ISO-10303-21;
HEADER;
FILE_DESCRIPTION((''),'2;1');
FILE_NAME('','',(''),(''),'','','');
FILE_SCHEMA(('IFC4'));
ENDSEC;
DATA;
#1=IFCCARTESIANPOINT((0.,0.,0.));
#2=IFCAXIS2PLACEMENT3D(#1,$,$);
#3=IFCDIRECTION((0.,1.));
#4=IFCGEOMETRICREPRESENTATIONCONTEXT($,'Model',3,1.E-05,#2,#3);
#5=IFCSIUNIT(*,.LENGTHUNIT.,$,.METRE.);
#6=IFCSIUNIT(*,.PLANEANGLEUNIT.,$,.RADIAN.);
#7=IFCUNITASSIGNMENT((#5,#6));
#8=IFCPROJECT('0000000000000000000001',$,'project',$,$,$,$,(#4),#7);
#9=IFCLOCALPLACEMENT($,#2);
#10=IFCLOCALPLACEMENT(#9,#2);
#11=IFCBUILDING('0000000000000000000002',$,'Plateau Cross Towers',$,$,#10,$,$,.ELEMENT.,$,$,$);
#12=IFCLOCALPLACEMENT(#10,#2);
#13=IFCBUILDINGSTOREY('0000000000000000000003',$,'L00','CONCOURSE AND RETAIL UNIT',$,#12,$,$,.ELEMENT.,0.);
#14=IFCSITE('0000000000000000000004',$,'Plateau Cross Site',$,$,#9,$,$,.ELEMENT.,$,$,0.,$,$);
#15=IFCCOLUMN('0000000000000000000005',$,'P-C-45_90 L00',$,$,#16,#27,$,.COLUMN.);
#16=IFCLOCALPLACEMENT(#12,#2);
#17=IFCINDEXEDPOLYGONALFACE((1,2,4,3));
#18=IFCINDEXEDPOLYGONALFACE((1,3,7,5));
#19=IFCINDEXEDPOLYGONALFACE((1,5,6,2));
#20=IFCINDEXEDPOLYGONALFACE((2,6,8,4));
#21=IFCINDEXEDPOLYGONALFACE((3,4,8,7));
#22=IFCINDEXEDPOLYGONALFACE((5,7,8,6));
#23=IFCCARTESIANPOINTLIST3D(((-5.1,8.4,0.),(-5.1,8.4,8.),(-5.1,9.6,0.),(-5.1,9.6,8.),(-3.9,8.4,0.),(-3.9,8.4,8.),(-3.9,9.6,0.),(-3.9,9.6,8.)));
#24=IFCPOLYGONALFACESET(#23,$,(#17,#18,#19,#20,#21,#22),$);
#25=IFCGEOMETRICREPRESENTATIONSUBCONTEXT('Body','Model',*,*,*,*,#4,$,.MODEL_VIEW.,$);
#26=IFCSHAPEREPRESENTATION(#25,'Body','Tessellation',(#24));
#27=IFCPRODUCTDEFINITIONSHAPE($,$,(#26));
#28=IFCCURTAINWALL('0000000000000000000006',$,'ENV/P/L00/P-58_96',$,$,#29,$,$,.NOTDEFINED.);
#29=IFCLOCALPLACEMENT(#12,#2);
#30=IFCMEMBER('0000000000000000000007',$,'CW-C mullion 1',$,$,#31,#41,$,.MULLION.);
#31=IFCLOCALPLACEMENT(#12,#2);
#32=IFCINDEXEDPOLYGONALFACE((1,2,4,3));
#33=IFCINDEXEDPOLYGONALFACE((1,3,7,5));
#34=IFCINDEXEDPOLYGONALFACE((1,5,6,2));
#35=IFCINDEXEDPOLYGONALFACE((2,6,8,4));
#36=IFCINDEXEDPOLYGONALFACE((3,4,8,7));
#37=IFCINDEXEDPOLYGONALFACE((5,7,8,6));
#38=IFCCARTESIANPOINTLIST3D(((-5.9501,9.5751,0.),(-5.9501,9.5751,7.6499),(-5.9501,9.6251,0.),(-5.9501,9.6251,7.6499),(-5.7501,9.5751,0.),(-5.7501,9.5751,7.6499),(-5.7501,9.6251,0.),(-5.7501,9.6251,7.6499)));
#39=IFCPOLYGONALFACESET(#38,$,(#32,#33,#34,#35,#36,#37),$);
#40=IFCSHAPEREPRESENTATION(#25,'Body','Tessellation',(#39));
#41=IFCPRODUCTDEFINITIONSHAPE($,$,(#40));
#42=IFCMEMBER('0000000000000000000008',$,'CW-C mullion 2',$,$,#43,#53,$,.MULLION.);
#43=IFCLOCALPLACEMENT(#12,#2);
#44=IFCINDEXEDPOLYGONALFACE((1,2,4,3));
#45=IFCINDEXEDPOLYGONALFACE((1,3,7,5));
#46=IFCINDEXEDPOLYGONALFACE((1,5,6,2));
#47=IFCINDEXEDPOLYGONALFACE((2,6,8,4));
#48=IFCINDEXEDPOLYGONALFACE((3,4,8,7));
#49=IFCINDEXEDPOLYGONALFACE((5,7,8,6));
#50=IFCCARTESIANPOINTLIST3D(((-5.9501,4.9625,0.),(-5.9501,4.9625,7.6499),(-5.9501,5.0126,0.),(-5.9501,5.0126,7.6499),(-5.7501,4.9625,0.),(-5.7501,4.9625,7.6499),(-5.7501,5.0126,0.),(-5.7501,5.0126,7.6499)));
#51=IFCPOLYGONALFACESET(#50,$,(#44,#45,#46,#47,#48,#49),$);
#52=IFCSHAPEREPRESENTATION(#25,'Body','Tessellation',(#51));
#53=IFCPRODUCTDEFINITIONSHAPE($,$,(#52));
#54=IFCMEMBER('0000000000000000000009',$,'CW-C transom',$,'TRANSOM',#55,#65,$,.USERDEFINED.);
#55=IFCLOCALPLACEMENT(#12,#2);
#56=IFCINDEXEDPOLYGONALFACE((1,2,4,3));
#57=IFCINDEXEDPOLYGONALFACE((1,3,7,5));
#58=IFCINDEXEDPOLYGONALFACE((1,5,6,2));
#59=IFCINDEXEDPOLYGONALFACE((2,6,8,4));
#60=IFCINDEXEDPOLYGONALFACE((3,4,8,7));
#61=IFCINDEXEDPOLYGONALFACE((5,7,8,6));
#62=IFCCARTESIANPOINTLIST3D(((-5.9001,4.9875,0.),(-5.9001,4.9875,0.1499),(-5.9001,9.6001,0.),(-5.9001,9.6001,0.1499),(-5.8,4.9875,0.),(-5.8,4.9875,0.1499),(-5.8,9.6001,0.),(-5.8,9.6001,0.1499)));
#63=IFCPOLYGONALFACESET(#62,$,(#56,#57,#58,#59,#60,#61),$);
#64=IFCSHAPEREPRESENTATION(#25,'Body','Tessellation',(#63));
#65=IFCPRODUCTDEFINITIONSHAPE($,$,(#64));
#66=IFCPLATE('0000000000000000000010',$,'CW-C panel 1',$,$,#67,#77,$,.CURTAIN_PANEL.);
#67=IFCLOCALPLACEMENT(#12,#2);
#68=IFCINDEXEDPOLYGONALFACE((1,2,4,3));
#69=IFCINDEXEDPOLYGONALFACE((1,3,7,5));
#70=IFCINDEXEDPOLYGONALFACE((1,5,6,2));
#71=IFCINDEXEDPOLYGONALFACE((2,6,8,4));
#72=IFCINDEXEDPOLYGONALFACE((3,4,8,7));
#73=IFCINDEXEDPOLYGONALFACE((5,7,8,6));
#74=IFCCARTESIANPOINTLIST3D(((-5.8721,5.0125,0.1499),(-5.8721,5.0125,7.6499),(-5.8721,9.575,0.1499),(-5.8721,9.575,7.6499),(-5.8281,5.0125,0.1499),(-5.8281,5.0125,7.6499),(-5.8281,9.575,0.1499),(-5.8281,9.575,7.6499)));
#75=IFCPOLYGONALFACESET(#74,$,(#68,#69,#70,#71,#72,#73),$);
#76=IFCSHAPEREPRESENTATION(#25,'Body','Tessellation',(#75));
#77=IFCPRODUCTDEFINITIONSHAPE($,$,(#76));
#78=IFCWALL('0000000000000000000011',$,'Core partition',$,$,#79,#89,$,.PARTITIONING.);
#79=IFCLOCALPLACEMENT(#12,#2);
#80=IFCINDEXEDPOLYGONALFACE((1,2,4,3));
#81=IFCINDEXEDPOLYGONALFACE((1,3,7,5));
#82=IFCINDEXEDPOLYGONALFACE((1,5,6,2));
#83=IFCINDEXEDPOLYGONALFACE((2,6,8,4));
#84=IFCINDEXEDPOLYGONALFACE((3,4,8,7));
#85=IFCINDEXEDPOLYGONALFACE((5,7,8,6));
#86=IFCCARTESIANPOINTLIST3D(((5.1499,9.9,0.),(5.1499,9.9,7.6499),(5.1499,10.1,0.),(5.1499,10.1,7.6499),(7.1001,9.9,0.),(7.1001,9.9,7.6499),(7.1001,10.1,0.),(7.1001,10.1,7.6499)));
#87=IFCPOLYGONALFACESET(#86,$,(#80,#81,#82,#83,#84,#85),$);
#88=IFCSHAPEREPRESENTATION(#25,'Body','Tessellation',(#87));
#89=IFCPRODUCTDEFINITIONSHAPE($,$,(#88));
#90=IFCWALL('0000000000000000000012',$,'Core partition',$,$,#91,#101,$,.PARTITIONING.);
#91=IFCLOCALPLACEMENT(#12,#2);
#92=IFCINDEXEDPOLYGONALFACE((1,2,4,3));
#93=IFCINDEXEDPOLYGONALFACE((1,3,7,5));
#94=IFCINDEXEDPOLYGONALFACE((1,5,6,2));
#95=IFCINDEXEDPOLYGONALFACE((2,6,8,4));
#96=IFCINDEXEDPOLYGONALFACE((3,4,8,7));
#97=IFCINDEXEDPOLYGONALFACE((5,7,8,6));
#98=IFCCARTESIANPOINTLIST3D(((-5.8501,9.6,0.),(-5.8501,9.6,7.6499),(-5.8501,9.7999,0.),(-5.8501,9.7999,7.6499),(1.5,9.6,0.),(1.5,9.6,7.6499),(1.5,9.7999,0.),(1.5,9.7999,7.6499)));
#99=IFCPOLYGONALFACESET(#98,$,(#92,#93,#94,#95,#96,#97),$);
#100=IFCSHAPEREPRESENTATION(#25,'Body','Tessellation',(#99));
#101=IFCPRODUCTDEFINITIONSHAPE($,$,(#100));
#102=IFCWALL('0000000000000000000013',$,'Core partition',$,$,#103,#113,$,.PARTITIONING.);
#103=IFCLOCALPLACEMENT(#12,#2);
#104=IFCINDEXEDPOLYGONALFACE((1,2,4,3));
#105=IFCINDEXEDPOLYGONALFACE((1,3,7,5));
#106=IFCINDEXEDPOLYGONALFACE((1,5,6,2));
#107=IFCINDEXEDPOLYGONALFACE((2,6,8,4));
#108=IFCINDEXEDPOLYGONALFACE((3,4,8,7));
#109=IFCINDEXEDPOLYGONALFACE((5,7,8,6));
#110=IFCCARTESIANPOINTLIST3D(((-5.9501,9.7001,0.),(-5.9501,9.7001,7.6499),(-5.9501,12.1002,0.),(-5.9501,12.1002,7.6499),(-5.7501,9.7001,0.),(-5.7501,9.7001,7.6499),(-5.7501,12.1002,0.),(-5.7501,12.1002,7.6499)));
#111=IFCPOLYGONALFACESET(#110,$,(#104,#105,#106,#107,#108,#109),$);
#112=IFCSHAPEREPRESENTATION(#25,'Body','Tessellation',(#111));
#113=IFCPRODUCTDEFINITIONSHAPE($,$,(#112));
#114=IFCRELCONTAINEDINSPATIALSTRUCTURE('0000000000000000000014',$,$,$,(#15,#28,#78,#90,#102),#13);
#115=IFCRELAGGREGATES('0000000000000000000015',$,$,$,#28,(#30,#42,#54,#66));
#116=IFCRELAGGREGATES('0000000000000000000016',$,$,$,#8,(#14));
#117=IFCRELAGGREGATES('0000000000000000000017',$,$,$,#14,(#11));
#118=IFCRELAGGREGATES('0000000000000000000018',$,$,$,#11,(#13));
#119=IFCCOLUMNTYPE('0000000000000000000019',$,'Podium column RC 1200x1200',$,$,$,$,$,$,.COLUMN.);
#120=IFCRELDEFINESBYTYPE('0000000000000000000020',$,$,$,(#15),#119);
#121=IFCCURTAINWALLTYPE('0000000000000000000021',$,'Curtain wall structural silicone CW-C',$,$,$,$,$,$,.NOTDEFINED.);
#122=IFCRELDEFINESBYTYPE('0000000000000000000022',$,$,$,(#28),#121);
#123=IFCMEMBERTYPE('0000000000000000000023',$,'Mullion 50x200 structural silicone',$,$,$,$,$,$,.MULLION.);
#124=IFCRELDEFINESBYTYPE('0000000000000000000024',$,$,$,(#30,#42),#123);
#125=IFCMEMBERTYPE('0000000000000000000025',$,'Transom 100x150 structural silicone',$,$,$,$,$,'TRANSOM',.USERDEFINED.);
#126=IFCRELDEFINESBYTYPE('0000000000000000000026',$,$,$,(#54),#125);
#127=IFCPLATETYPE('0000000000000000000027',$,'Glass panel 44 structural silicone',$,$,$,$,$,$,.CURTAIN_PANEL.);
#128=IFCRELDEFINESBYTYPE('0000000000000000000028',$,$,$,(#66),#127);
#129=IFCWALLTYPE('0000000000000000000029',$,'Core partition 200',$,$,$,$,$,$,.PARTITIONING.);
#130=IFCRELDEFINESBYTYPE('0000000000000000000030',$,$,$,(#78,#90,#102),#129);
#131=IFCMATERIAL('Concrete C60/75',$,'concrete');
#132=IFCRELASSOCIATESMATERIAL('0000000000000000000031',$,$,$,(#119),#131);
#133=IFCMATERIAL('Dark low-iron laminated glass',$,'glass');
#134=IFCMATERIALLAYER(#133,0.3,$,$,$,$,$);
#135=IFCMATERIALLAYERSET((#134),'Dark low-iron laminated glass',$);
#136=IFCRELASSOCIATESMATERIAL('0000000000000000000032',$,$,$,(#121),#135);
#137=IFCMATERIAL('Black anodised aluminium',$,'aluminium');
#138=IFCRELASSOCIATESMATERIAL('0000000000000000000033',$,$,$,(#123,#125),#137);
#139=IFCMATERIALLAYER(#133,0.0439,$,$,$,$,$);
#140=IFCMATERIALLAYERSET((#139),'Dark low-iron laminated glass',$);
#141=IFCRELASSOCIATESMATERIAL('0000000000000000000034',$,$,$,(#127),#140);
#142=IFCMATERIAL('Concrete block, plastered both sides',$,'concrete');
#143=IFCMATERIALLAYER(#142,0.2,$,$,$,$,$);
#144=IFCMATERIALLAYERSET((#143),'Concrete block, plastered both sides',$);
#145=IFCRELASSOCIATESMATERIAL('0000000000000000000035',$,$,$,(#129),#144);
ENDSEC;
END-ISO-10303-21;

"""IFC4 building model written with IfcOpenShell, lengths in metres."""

from ifc_helpers import new_model, si_unit, direction, frame, frame_2d, origin, origin_2d, place, context, subcontext, project, spatial, rectangle, extrude, material, layer, layer_set, material_profile, profile_set, type_object, element, aggregate, save


model = new_model("IFC4")

# Units and contexts
model_context = context("Model", 3, precision=1e-05, world=origin(), true_north=direction((0.0, 1.0)))
body_context = subcontext(model_context, "Body", "Model", "MODEL_VIEW")
ifc_project = project(units=[si_unit("LENGTHUNIT", "METRE"), si_unit("PLANEANGLEUNIT", "RADIAN")], contexts=[model_context])

# Site, building, storey
site_placement = place(None, origin())
site = spatial("IfcSite", under=ifc_project, at=site_placement, Name="Plateau Cross Site", CompositionType="ELEMENT", RefElevation=0.0)
building_placement = place(site_placement, origin())
building = spatial("IfcBuilding", under=site, at=building_placement, Name="Plateau Cross Towers", CompositionType="ELEMENT")
storey_placement = place(building_placement, origin())
storey = spatial("IfcBuildingStorey", under=building, at=storey_placement, Name="L00", Description="CONCOURSE AND RETAIL UNIT", CompositionType="ELEMENT", Elevation=0.0)

# Column
ifc_material_1 = material(Name="Concrete C60/75", Category="concrete")
ifc_material_profile_1 = material_profile(ifc_material_1, rectangle(XDim=1.2, YDim=1.2, at=origin_2d()), Name="RC 1200x1200")
ifc_profile_set_1 = profile_set([ifc_material_profile_1], Name="Concrete C60/75")
column_type = type_object("IfcColumnType", Name="Podium column RC 1200x1200", PredefinedType="COLUMN", material=ifc_profile_set_1)
column_placement = place(storey_placement, frame((-4.5, 9.0, 0.0), z_axis=(0.0, 0.0, 1.0), x_axis=(1.0, 0.0, 0.0)))
element("IfcColumn", 1, at=column_placement, inside=storey, type_object=column_type, Name="P-C-45_90 L00", PredefinedType="COLUMN", context=body_context, shape_type="SweptSolid", body=[
    extrude(rectangle(XDim=1.2, YDim=1.2, at=origin_2d()), origin(), (0.0, 0.0, 1.0), 8.0),
])

# Curtain wall, members, plate
ifc_material_2 = material(Name="Dark low-iron laminated glass", Category="glass")
ifc_layer_1 = layer(ifc_material_2, 0.3)
ifc_layer_set_1 = layer_set([ifc_layer_1], Name="Dark low-iron laminated glass")
curtain_wall_type = type_object("IfcCurtainWallType", Name="Curtain wall structural silicone CW-C", PredefinedType="NOTDEFINED", material=ifc_layer_set_1)
curtain_wall_placement = place(storey_placement, origin())
curtain_wall = element("IfcCurtainWall", 2, at=curtain_wall_placement, inside=storey, type_object=curtain_wall_type, Name="ENV/P/L00/P-58_96", PredefinedType="NOTDEFINED")
ifc_material_3 = material(Name="Black anodised aluminium", Category="aluminium")
ifc_material_profile_2 = material_profile(ifc_material_3, rectangle(XDim=0.05, YDim=0.2, at=origin_2d()), Name="MULLION 50x200")
ifc_profile_set_2 = profile_set([ifc_material_profile_2], Name="Black anodised aluminium")
member_type_1 = type_object("IfcMemberType", Name="Mullion 50x200 structural silicone", PredefinedType="MULLION", material=ifc_profile_set_2)
member_1_placement = place(storey_placement, frame((-5.8501, 9.6001, 0.0), z_axis=(0.0, 0.0, 1.0), x_axis=(0.0, -1.0, 0.0)))
member_1 = element("IfcMember", 3, at=member_1_placement, type_object=member_type_1, Name="CW-C mullion 1", PredefinedType="MULLION", context=body_context, shape_type="SweptSolid", body=[
    extrude(rectangle(XDim=0.05, YDim=0.2, at=origin_2d()), origin(), (0.0, 0.0, 1.0), 7.6499),
])
member_2_placement = place(storey_placement, frame((-5.8501, 4.9875, 0.0), z_axis=(0.0, 0.0, 1.0), x_axis=(0.0, -1.0, 0.0)))
member_2 = element("IfcMember", 4, at=member_2_placement, type_object=member_type_1, Name="CW-C mullion 2", PredefinedType="MULLION", context=body_context, shape_type="SweptSolid", body=[
    extrude(rectangle(XDim=0.05, YDim=0.2, at=origin_2d()), origin(), (0.0, 0.0, 1.0), 7.6499),
])
ifc_material_profile_3 = material_profile(ifc_material_3, rectangle(XDim=0.1001, YDim=0.1499, at=origin_2d()), Name="TRANSOM 100x150")
ifc_profile_set_3 = profile_set([ifc_material_profile_3], Name="Black anodised aluminium")
member_type_2 = type_object("IfcMemberType", Name="Transom 100x150 structural silicone", ElementType="TRANSOM", PredefinedType="USERDEFINED", material=ifc_profile_set_3)
member_3_placement = place(storey_placement, frame((-5.8501, 9.6001, 0.075), z_axis=(0.0, -1.0, 0.0), x_axis=(1.0, 0.0, 0.0)))
member_3 = element("IfcMember", 5, at=member_3_placement, type_object=member_type_2, Name="CW-C transom", ObjectType="TRANSOM", PredefinedType="USERDEFINED", context=body_context, shape_type="SweptSolid", body=[
    extrude(rectangle(XDim=0.1001, YDim=0.1499, at=origin_2d()), origin(), (0.0, 0.0, 1.0), 4.6125),
])
ifc_layer_2 = layer(ifc_material_2, 0.0439)
ifc_layer_set_2 = layer_set([ifc_layer_2], Name="Dark low-iron laminated glass")
plate_type = type_object("IfcPlateType", Name="Glass panel 44 structural silicone", PredefinedType="CURTAIN_PANEL", material=ifc_layer_set_2)
plate_placement = place(storey_placement, frame((-5.8501, 7.2937, 0.1499), z_axis=(0.0, 0.0, 1.0), x_axis=(0.0, -1.0, 0.0)))
plate = element("IfcPlate", 6, at=plate_placement, type_object=plate_type, Name="CW-C panel 1", PredefinedType="CURTAIN_PANEL", context=body_context, shape_type="SweptSolid", body=[
    extrude(rectangle(XDim=4.5625, YDim=0.0439, at=origin_2d()), origin(), (0.0, 0.0, 1.0), 7.5),
])
aggregate(curtain_wall, [member_1, member_2, member_3, plate])

# Walls
ifc_material_4 = material(Name="Concrete block, plastered both sides", Category="concrete")
ifc_layer_3 = layer(ifc_material_4, 0.2)
ifc_layer_set_3 = layer_set([ifc_layer_3], Name="Concrete block, plastered both sides")
wall_type_1 = type_object("IfcWallType", Name="Core partition 200", PredefinedType="PARTITIONING", material=ifc_layer_set_3)
wall_1_placement = place(storey_placement, frame((5.1499, 10.0, 0.0), z_axis=(0.0, 0.0, 1.0), x_axis=(1.0, 0.0, 0.0)))
element("IfcWall", 7, at=wall_1_placement, inside=storey, type_object=wall_type_1, Name="Core partition", PredefinedType="PARTITIONING", context=body_context, shape_type="SweptSolid", body=[
    extrude(rectangle(XDim=1.9502, YDim=0.2, at=frame_2d((0.9751, 0.0))), origin(), (0.0, 0.0, 1.0), 7.6499),
])
wall_2_placement = place(storey_placement, frame((-5.8501, 9.7, 0.0), z_axis=(0.0, 0.0, 1.0), x_axis=(1.0, 0.0, 0.0)))
element("IfcWall", 8, at=wall_2_placement, inside=storey, type_object=wall_type_1, Name="Core partition", PredefinedType="PARTITIONING", context=body_context, shape_type="SweptSolid", body=[
    extrude(rectangle(XDim=7.3501, YDim=0.2, at=frame_2d((3.675, 0.0))), origin(), (0.0, 0.0, 1.0), 7.6499),
])
wall_3_placement = place(storey_placement, frame((-5.8501, 9.7, 0.0), z_axis=(0.0, 0.0, 1.0), x_axis=(0.0, 1.0, 0.0)))
element("IfcWall", 9, at=wall_3_placement, inside=storey, type_object=wall_type_1, Name="Core partition", PredefinedType="PARTITIONING", context=body_context, shape_type="SweptSolid", body=[
    extrude(rectangle(XDim=2.4001, YDim=0.2, at=frame_2d((1.2002, 0.0))), origin(), (0.0, 0.0, 1.0), 7.6499),
])

save(model, "model.ifc")
